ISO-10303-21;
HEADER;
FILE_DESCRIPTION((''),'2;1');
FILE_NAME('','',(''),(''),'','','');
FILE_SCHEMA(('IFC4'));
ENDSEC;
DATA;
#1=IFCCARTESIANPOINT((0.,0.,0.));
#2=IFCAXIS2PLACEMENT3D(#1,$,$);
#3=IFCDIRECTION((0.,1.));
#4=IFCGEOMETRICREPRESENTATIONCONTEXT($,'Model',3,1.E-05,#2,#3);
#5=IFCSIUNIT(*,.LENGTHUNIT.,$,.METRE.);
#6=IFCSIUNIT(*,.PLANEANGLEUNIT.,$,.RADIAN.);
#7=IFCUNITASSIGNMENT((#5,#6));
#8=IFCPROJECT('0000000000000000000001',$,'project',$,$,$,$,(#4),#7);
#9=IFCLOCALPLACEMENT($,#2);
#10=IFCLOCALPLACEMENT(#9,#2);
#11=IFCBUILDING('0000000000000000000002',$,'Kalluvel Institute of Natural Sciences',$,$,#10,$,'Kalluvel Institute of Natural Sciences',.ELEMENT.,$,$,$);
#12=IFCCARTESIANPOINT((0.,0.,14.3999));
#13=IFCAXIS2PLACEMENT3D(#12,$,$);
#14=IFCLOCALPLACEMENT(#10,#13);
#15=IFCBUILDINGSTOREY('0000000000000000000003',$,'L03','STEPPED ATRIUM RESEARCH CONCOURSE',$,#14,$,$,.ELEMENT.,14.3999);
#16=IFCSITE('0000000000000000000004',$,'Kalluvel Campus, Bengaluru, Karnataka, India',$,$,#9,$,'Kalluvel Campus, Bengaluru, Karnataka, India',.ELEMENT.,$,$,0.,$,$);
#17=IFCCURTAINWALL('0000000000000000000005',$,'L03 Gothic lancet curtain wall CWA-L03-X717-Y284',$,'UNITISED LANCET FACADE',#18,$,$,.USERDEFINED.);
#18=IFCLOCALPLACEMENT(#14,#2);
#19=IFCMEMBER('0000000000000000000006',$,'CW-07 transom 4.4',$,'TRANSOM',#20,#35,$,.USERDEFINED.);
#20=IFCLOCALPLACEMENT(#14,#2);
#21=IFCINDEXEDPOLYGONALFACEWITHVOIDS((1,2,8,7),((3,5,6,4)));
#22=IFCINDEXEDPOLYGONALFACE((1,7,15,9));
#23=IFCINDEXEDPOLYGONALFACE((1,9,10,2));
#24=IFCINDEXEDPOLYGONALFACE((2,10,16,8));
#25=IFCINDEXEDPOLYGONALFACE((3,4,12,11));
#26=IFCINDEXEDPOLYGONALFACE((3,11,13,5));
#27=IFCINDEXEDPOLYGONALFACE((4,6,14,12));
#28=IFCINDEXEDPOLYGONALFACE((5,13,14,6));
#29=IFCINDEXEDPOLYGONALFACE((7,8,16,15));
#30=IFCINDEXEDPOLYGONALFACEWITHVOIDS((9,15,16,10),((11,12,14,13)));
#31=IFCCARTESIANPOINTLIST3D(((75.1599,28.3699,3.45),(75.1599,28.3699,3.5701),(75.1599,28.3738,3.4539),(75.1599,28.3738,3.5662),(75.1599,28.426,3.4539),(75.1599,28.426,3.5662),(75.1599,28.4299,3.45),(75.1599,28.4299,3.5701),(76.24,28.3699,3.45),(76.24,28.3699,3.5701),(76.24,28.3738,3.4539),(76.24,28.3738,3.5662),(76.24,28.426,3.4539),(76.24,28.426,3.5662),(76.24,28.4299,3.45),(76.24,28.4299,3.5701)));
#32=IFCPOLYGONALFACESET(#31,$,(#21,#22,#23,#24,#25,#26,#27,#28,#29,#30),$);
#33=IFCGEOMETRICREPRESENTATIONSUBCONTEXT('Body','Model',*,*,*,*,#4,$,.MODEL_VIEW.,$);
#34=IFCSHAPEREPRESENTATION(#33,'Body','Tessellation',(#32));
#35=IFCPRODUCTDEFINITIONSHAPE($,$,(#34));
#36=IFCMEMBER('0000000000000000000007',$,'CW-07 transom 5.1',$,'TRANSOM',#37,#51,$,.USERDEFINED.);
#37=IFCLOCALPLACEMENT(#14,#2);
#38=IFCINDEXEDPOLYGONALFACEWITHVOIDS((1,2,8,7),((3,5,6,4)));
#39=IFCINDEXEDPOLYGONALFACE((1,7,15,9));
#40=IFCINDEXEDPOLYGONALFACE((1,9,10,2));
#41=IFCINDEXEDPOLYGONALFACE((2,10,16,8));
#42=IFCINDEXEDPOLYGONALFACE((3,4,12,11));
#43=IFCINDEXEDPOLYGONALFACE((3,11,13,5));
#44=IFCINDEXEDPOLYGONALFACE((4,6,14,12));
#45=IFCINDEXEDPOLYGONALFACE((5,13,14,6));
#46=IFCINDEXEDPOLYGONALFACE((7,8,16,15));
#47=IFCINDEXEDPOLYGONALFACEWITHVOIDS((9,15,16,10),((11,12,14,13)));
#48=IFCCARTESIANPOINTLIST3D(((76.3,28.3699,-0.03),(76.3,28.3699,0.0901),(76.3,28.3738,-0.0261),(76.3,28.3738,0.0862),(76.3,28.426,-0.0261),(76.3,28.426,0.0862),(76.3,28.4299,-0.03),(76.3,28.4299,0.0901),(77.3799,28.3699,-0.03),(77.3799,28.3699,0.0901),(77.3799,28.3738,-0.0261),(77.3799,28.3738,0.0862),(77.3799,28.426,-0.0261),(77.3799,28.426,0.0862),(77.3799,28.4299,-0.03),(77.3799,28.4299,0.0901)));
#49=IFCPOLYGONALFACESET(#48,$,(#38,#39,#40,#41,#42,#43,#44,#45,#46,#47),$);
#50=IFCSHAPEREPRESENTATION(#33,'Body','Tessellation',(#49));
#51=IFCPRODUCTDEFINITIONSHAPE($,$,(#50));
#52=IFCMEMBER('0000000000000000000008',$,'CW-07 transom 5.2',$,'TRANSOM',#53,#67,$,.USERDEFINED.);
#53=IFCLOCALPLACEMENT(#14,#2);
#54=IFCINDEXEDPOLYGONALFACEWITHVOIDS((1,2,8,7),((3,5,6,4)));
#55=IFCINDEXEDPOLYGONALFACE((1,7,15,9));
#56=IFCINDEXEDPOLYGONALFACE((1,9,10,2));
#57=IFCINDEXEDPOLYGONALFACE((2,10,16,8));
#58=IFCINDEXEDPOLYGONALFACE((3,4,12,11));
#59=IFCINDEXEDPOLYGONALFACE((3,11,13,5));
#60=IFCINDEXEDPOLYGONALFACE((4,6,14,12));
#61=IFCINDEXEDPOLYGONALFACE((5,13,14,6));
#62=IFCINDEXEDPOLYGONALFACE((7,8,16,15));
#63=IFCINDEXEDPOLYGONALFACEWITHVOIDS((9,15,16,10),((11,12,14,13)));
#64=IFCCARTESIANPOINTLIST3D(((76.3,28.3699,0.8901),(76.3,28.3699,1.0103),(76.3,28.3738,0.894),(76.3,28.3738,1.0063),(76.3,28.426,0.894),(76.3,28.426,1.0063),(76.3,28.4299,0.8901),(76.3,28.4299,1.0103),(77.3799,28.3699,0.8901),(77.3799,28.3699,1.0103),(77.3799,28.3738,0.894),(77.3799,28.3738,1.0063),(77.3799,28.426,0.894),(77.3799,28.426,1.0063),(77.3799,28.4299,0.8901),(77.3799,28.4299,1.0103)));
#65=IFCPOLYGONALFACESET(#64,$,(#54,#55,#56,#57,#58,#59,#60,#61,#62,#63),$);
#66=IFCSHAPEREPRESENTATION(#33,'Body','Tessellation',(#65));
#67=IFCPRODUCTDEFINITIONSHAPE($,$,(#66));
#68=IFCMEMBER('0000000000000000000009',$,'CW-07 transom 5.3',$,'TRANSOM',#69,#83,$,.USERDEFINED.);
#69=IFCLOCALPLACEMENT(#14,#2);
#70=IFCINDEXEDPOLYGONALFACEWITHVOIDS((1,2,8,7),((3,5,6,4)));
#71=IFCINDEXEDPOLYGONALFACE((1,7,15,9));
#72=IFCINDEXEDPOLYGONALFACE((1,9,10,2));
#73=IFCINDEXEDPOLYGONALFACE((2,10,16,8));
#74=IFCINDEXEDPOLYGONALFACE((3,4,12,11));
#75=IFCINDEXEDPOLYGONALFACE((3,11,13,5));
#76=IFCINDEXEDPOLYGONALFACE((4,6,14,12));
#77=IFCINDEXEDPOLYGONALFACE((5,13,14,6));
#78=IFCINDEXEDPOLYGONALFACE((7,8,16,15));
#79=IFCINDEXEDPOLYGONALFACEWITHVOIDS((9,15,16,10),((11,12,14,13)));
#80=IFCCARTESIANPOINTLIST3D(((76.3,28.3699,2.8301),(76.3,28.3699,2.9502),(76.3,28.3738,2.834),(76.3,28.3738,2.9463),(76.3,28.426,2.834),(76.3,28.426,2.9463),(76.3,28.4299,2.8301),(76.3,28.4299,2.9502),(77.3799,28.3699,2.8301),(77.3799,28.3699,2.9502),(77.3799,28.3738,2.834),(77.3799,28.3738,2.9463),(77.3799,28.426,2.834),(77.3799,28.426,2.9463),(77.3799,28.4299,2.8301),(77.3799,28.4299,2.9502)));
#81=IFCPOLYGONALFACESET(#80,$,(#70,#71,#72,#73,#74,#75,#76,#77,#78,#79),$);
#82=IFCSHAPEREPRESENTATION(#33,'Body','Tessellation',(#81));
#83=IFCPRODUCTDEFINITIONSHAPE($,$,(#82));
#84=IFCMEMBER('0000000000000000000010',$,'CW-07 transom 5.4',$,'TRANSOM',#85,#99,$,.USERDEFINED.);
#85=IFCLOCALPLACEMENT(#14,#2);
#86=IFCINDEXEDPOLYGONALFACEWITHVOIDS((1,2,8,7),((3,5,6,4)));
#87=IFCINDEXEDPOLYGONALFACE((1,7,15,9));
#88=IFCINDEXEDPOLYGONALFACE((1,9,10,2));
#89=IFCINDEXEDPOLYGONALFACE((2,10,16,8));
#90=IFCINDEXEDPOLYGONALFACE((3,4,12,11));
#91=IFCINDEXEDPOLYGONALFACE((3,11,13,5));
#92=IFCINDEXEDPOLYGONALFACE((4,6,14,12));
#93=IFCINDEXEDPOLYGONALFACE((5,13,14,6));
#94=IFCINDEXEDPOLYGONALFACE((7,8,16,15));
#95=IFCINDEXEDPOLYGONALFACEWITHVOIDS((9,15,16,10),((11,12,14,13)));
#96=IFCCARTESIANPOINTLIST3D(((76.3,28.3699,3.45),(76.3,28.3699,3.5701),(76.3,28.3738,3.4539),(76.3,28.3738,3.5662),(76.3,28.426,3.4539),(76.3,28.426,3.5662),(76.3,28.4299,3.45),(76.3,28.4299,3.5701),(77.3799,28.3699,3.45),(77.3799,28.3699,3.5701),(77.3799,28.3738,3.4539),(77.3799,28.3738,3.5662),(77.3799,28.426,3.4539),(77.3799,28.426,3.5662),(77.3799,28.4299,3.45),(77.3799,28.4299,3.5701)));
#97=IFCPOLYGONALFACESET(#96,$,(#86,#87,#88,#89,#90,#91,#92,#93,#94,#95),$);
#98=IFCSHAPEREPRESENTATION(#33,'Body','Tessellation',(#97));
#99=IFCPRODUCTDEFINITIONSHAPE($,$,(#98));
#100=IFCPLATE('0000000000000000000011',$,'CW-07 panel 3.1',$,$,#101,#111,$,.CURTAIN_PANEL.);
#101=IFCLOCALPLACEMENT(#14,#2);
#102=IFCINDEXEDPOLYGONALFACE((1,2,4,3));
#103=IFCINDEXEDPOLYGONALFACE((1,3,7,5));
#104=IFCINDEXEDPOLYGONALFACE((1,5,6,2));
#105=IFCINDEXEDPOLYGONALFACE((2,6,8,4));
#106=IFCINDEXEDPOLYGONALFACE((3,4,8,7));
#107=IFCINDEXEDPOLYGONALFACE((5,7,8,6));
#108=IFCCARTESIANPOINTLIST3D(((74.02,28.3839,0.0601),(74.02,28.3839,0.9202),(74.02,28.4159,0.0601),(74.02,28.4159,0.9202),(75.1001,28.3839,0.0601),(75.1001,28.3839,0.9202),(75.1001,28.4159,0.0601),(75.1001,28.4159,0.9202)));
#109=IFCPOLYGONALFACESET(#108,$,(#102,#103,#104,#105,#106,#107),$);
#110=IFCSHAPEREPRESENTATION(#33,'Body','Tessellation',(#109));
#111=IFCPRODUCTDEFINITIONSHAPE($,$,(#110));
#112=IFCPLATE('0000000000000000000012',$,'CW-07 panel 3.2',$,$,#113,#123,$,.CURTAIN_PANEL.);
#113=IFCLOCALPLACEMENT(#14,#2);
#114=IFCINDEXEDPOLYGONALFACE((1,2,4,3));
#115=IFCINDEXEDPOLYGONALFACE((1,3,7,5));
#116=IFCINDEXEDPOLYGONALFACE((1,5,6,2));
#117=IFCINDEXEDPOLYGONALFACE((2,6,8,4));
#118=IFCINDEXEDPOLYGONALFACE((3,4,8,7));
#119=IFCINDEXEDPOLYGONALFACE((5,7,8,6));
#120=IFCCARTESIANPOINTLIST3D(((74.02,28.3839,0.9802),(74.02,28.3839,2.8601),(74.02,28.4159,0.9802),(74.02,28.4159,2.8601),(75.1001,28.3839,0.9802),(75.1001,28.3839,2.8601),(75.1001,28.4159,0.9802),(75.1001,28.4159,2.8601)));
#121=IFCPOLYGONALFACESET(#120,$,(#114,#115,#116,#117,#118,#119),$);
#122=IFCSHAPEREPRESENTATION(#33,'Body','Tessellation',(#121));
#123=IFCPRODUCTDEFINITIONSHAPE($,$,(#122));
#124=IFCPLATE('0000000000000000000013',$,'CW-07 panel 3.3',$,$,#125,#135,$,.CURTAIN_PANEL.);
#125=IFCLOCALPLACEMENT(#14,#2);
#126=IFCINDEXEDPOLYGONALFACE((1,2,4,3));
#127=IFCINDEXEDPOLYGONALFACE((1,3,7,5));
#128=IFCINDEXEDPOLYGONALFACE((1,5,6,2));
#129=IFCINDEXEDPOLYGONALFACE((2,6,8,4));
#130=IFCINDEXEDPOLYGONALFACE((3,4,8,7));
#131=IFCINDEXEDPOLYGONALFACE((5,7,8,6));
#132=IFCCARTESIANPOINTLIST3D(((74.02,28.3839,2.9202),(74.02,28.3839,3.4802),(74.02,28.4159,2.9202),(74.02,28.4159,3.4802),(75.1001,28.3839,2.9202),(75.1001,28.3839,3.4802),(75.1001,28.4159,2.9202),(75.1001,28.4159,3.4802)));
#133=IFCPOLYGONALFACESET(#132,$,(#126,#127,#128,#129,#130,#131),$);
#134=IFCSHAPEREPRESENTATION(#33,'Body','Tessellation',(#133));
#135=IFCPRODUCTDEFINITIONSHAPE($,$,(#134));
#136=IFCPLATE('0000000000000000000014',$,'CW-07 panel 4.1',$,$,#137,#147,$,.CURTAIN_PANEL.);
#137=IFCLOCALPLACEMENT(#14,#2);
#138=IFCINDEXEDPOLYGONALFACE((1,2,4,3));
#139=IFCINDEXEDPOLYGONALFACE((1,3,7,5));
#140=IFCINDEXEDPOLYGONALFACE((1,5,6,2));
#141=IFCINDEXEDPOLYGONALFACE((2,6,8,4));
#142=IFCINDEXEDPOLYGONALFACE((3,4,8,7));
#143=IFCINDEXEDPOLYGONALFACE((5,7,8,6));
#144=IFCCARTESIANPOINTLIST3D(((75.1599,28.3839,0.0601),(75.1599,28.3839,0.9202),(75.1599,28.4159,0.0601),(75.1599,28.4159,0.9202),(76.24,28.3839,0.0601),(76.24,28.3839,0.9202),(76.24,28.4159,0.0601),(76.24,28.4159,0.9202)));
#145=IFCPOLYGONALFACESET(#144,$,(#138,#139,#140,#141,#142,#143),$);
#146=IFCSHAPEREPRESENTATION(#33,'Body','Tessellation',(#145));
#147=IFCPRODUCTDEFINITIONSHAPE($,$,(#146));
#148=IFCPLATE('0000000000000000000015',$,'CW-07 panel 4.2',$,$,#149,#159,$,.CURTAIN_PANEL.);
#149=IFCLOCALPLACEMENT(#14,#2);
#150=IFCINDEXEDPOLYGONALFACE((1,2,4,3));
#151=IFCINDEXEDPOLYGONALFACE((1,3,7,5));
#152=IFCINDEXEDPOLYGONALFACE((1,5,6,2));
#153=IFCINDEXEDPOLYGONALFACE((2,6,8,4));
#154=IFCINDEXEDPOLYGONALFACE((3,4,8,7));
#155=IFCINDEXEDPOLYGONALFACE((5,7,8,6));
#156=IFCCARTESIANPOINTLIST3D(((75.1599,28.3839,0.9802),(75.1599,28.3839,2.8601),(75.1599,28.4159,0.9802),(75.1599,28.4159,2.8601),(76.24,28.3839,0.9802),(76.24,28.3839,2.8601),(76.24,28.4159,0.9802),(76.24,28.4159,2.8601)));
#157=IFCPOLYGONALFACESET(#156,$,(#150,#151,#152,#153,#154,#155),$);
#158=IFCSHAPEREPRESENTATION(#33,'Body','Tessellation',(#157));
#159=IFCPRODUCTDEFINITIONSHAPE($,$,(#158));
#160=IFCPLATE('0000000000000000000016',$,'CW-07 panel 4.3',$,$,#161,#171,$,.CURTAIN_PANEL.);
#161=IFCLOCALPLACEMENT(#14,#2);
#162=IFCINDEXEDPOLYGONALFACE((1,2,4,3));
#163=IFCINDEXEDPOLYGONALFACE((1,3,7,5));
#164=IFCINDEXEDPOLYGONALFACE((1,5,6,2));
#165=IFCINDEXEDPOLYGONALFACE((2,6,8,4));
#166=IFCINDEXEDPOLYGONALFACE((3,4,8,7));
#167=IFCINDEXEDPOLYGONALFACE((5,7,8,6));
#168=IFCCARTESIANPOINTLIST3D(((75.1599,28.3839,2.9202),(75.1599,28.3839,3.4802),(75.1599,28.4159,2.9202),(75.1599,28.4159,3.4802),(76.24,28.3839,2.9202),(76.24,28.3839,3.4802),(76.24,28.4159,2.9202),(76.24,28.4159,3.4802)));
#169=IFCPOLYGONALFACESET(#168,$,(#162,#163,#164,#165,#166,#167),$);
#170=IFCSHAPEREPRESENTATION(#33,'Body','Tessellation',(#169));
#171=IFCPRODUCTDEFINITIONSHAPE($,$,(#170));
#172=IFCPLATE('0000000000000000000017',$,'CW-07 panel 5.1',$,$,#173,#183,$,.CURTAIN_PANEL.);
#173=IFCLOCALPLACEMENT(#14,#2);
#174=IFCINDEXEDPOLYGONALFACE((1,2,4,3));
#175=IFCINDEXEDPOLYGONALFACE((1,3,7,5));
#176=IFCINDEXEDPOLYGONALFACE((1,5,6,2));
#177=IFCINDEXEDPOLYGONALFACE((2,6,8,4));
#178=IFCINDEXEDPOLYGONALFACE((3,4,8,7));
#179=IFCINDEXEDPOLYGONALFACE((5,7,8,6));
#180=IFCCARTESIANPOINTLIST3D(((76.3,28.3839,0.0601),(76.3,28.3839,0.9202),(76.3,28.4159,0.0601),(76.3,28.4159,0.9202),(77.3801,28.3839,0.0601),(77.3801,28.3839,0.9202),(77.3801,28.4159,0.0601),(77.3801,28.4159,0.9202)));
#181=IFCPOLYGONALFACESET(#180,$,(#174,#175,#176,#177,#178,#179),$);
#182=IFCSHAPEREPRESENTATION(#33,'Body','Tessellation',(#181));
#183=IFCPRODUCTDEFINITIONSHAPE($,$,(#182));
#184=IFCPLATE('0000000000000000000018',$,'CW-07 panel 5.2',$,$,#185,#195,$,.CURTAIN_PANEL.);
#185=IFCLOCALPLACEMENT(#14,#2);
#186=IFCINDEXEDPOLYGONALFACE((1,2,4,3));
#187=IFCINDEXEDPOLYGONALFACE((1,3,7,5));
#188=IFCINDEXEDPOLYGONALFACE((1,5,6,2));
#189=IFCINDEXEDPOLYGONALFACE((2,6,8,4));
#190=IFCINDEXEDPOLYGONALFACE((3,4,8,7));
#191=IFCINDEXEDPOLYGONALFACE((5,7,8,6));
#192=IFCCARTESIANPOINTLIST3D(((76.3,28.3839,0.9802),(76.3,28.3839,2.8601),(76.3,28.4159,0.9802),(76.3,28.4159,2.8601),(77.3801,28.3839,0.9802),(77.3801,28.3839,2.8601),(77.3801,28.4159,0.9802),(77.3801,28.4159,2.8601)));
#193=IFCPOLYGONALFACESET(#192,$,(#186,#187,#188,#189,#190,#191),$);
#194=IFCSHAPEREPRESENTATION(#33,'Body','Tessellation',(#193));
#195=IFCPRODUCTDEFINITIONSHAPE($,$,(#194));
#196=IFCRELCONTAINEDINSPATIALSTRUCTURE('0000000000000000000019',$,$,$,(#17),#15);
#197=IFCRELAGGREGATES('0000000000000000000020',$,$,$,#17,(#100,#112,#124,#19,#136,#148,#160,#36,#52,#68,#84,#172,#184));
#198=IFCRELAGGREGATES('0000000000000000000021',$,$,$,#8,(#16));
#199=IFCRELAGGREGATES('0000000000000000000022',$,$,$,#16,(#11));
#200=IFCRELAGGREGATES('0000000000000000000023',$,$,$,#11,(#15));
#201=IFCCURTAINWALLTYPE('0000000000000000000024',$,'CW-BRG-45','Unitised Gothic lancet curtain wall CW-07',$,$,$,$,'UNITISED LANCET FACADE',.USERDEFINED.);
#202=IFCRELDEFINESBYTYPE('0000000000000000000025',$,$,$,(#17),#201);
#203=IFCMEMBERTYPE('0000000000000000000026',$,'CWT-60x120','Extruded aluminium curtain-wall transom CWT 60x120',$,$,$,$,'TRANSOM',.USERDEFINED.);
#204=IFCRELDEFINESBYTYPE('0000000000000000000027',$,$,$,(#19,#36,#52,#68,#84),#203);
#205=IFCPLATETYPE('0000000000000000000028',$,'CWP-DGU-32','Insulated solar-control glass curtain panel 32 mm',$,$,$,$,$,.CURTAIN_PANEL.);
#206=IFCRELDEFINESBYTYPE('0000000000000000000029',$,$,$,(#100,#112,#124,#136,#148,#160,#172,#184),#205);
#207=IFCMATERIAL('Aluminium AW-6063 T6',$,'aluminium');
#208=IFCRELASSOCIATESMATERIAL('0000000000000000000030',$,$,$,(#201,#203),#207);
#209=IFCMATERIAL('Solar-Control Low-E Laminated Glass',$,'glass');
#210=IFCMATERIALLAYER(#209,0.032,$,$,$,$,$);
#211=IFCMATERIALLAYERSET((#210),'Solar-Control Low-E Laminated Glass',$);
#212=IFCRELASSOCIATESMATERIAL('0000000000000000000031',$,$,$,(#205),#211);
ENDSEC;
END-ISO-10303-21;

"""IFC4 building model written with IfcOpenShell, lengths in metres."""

from ifc_helpers import new_model, si_unit, direction, frame, origin, origin_2d, place, context, subcontext, project, spatial, rectangle, hollow_rectangle, extrude, material, layer, layer_set, material_profile, profile_set, type_object, element, aggregate, save


model = new_model("IFC4")

# Units and contexts
model_context = context("Model", 3, precision=1e-05, world=origin(), true_north=direction((0.0, 1.0)))
body_context = subcontext(model_context, "Body", "Model", "MODEL_VIEW")
ifc_project = project(units=[si_unit("LENGTHUNIT", "METRE"), si_unit("PLANEANGLEUNIT", "RADIAN")], contexts=[model_context])

# Site, building, storey
site_placement = place(None, origin())
site = spatial("IfcSite", under=ifc_project, at=site_placement, Name="Kalluvel Campus, Bengaluru, Karnataka, India", LongName="Kalluvel Campus, Bengaluru, Karnataka, India", CompositionType="ELEMENT", RefElevation=0.0)
building_placement = place(site_placement, origin())
building = spatial("IfcBuilding", under=site, at=building_placement, Name="Kalluvel Institute of Natural Sciences", LongName="Kalluvel Institute of Natural Sciences", CompositionType="ELEMENT")
storey_placement = place(building_placement, frame((0.0, 0.0, 14.3999)))
storey = spatial("IfcBuildingStorey", under=building, at=storey_placement, Name="L03", Description="STEPPED ATRIUM RESEARCH CONCOURSE", CompositionType="ELEMENT", Elevation=14.3999)

# Curtain wall, members, plates
ifc_material_1 = material(Name="Aluminium AW-6063 T6", Category="aluminium")
curtain_wall_type = type_object("IfcCurtainWallType", Name="CW-BRG-45", Description="Unitised Gothic lancet curtain wall CW-07", ElementType="UNITISED LANCET FACADE", PredefinedType="USERDEFINED", material=ifc_material_1)
curtain_wall_1_placement = place(storey_placement, origin())
curtain_wall_1 = element("IfcCurtainWall", 1, at=curtain_wall_1_placement, inside=storey, type_object=curtain_wall_type, Name="L03 Gothic lancet curtain wall CWA-L03-X717-Y284", ObjectType="UNITISED LANCET FACADE", PredefinedType="USERDEFINED")
ifc_material_profile_1 = material_profile(ifc_material_1, hollow_rectangle(XDim=0.0601, YDim=0.1201, WallThickness=0.0039, at=origin_2d()), Name="CWT 60x120")
ifc_profile_set_1 = profile_set([ifc_material_profile_1], Name="Aluminium AW-6063 T6")
member_type_1 = type_object("IfcMemberType", Name="CWT-60x120", Description="Extruded aluminium curtain-wall transom CWT 60x120", ElementType="TRANSOM", PredefinedType="USERDEFINED", material=ifc_profile_set_1)
member_1_placement = place(storey_placement, frame((75.1599, 28.3999, 3.51), z_axis=(1.0, 0.0, 0.0), x_axis=(0.0, 1.0, 0.0)))
member_1 = element("IfcMember", 2, at=member_1_placement, type_object=member_type_1, Name="CW-07 transom 4.4", ObjectType="TRANSOM", PredefinedType="USERDEFINED", context=body_context, shape_type="SweptSolid", body=[
    extrude(hollow_rectangle(XDim=0.0601, YDim=0.1201, WallThickness=0.0039, at=origin_2d()), origin(), (0.0, 0.0, 1.0), 1.0801),
])
member_2_placement = place(storey_placement, frame((76.3, 28.3999, 0.03), z_axis=(1.0, 0.0, 0.0), x_axis=(0.0, 1.0, 0.0)))
member_2 = element("IfcMember", 3, at=member_2_placement, type_object=member_type_1, Name="CW-07 transom 5.1", ObjectType="TRANSOM", PredefinedType="USERDEFINED", context=body_context, shape_type="SweptSolid", body=[
    extrude(hollow_rectangle(XDim=0.0601, YDim=0.1201, WallThickness=0.0039, at=origin_2d()), origin(), (0.0, 0.0, 1.0), 1.0798),
])
member_3_placement = place(storey_placement, frame((76.3, 28.3999, 0.9502), z_axis=(1.0, 0.0, 0.0), x_axis=(0.0, 1.0, 0.0)))
member_3 = element("IfcMember", 4, at=member_3_placement, type_object=member_type_1, Name="CW-07 transom 5.2", ObjectType="TRANSOM", PredefinedType="USERDEFINED", context=body_context, shape_type="SweptSolid", body=[
    extrude(hollow_rectangle(XDim=0.0601, YDim=0.1201, WallThickness=0.0039, at=origin_2d()), origin(), (0.0, 0.0, 1.0), 1.0798),
])
member_4_placement = place(storey_placement, frame((76.3, 28.3999, 2.8901), z_axis=(1.0, 0.0, 0.0), x_axis=(0.0, 1.0, 0.0)))
member_4 = element("IfcMember", 5, at=member_4_placement, type_object=member_type_1, Name="CW-07 transom 5.3", ObjectType="TRANSOM", PredefinedType="USERDEFINED", context=body_context, shape_type="SweptSolid", body=[
    extrude(hollow_rectangle(XDim=0.0601, YDim=0.1201, WallThickness=0.0039, at=origin_2d()), origin(), (0.0, 0.0, 1.0), 1.0798),
])
member_5_placement = place(storey_placement, frame((76.3, 28.3999, 3.51), z_axis=(1.0, 0.0, 0.0), x_axis=(0.0, 1.0, 0.0)))
member_5 = element("IfcMember", 6, at=member_5_placement, type_object=member_type_1, Name="CW-07 transom 5.4", ObjectType="TRANSOM", PredefinedType="USERDEFINED", context=body_context, shape_type="SweptSolid", body=[
    extrude(hollow_rectangle(XDim=0.0601, YDim=0.1201, WallThickness=0.0039, at=origin_2d()), origin(), (0.0, 0.0, 1.0), 1.0798),
])
ifc_material_2 = material(Name="Solar-Control Low-E Laminated Glass", Category="glass")
ifc_layer = layer(ifc_material_2, 0.032)
ifc_layer_set = layer_set([ifc_layer], Name="Solar-Control Low-E Laminated Glass")
plate_type = type_object("IfcPlateType", Name="CWP-DGU-32", Description="Insulated solar-control glass curtain panel 32 mm", PredefinedType="CURTAIN_PANEL", material=ifc_layer_set)
plate_1_placement = place(storey_placement, frame((74.5601, 28.3999, 0.0601), z_axis=(0.0, 0.0, 1.0), x_axis=(1.0, 0.0, 0.0)))
plate_1 = element("IfcPlate", 7, at=plate_1_placement, type_object=plate_type, Name="CW-07 panel 3.1", PredefinedType="CURTAIN_PANEL", context=body_context, shape_type="SweptSolid", body=[
    extrude(rectangle(XDim=1.0801, YDim=0.032, at=origin_2d()), origin(), (0.0, 0.0, 1.0), 0.8601),
])
plate_2_placement = place(storey_placement, frame((74.5601, 28.3999, 0.9802), z_axis=(0.0, 0.0, 1.0), x_axis=(1.0, 0.0, 0.0)))
plate_2 = element("IfcPlate", 8, at=plate_2_placement, type_object=plate_type, Name="CW-07 panel 3.2", PredefinedType="CURTAIN_PANEL", context=body_context, shape_type="SweptSolid", body=[
    extrude(rectangle(XDim=1.0801, YDim=0.032, at=origin_2d()), origin(), (0.0, 0.0, 1.0), 1.8799),
])
plate_3_placement = place(storey_placement, frame((74.5601, 28.3999, 2.9202), z_axis=(0.0, 0.0, 1.0), x_axis=(1.0, 0.0, 0.0)))
plate_3 = element("IfcPlate", 9, at=plate_3_placement, type_object=plate_type, Name="CW-07 panel 3.3", PredefinedType="CURTAIN_PANEL", context=body_context, shape_type="SweptSolid", body=[
    extrude(rectangle(XDim=1.0801, YDim=0.032, at=origin_2d()), origin(), (0.0, 0.0, 1.0), 0.5601),
])
plate_4_placement = place(storey_placement, frame((75.7, 28.3999, 0.0601), z_axis=(0.0, 0.0, 1.0), x_axis=(1.0, 0.0, 0.0)))
plate_4 = element("IfcPlate", 10, at=plate_4_placement, type_object=plate_type, Name="CW-07 panel 4.1", PredefinedType="CURTAIN_PANEL", context=body_context, shape_type="SweptSolid", body=[
    extrude(rectangle(XDim=1.0801, YDim=0.032, at=origin_2d()), origin(), (0.0, 0.0, 1.0), 0.8601),
])
plate_5_placement = place(storey_placement, frame((75.7, 28.3999, 0.9802), z_axis=(0.0, 0.0, 1.0), x_axis=(1.0, 0.0, 0.0)))
plate_5 = element("IfcPlate", 11, at=plate_5_placement, type_object=plate_type, Name="CW-07 panel 4.2", PredefinedType="CURTAIN_PANEL", context=body_context, shape_type="SweptSolid", body=[
    extrude(rectangle(XDim=1.0801, YDim=0.032, at=origin_2d()), origin(), (0.0, 0.0, 1.0), 1.8799),
])
plate_6_placement = place(storey_placement, frame((75.7, 28.3999, 2.9202), z_axis=(0.0, 0.0, 1.0), x_axis=(1.0, 0.0, 0.0)))
plate_6 = element("IfcPlate", 12, at=plate_6_placement, type_object=plate_type, Name="CW-07 panel 4.3", PredefinedType="CURTAIN_PANEL", context=body_context, shape_type="SweptSolid", body=[
    extrude(rectangle(XDim=1.0801, YDim=0.032, at=origin_2d()), origin(), (0.0, 0.0, 1.0), 0.5601),
])
plate_7_placement = place(storey_placement, frame((76.8401, 28.3999, 0.0601), z_axis=(0.0, 0.0, 1.0), x_axis=(1.0, 0.0, 0.0)))
plate_7 = element("IfcPlate", 13, at=plate_7_placement, type_object=plate_type, Name="CW-07 panel 5.1", PredefinedType="CURTAIN_PANEL", context=body_context, shape_type="SweptSolid", body=[
    extrude(rectangle(XDim=1.0801, YDim=0.032, at=origin_2d()), origin(), (0.0, 0.0, 1.0), 0.8601),
])
plate_8_placement = place(storey_placement, frame((76.8401, 28.3999, 0.9802), z_axis=(0.0, 0.0, 1.0), x_axis=(1.0, 0.0, 0.0)))
plate_8 = element("IfcPlate", 14, at=plate_8_placement, type_object=plate_type, Name="CW-07 panel 5.2", PredefinedType="CURTAIN_PANEL", context=body_context, shape_type="SweptSolid", body=[
    extrude(rectangle(XDim=1.0801, YDim=0.032, at=origin_2d()), origin(), (0.0, 0.0, 1.0), 1.8799),
])
aggregate(curtain_wall_1, [plate_1, plate_2, plate_3, member_1, plate_4, plate_5, plate_6, member_2, member_3, member_4, member_5, plate_7, plate_8])

save(model, "model.ifc")
